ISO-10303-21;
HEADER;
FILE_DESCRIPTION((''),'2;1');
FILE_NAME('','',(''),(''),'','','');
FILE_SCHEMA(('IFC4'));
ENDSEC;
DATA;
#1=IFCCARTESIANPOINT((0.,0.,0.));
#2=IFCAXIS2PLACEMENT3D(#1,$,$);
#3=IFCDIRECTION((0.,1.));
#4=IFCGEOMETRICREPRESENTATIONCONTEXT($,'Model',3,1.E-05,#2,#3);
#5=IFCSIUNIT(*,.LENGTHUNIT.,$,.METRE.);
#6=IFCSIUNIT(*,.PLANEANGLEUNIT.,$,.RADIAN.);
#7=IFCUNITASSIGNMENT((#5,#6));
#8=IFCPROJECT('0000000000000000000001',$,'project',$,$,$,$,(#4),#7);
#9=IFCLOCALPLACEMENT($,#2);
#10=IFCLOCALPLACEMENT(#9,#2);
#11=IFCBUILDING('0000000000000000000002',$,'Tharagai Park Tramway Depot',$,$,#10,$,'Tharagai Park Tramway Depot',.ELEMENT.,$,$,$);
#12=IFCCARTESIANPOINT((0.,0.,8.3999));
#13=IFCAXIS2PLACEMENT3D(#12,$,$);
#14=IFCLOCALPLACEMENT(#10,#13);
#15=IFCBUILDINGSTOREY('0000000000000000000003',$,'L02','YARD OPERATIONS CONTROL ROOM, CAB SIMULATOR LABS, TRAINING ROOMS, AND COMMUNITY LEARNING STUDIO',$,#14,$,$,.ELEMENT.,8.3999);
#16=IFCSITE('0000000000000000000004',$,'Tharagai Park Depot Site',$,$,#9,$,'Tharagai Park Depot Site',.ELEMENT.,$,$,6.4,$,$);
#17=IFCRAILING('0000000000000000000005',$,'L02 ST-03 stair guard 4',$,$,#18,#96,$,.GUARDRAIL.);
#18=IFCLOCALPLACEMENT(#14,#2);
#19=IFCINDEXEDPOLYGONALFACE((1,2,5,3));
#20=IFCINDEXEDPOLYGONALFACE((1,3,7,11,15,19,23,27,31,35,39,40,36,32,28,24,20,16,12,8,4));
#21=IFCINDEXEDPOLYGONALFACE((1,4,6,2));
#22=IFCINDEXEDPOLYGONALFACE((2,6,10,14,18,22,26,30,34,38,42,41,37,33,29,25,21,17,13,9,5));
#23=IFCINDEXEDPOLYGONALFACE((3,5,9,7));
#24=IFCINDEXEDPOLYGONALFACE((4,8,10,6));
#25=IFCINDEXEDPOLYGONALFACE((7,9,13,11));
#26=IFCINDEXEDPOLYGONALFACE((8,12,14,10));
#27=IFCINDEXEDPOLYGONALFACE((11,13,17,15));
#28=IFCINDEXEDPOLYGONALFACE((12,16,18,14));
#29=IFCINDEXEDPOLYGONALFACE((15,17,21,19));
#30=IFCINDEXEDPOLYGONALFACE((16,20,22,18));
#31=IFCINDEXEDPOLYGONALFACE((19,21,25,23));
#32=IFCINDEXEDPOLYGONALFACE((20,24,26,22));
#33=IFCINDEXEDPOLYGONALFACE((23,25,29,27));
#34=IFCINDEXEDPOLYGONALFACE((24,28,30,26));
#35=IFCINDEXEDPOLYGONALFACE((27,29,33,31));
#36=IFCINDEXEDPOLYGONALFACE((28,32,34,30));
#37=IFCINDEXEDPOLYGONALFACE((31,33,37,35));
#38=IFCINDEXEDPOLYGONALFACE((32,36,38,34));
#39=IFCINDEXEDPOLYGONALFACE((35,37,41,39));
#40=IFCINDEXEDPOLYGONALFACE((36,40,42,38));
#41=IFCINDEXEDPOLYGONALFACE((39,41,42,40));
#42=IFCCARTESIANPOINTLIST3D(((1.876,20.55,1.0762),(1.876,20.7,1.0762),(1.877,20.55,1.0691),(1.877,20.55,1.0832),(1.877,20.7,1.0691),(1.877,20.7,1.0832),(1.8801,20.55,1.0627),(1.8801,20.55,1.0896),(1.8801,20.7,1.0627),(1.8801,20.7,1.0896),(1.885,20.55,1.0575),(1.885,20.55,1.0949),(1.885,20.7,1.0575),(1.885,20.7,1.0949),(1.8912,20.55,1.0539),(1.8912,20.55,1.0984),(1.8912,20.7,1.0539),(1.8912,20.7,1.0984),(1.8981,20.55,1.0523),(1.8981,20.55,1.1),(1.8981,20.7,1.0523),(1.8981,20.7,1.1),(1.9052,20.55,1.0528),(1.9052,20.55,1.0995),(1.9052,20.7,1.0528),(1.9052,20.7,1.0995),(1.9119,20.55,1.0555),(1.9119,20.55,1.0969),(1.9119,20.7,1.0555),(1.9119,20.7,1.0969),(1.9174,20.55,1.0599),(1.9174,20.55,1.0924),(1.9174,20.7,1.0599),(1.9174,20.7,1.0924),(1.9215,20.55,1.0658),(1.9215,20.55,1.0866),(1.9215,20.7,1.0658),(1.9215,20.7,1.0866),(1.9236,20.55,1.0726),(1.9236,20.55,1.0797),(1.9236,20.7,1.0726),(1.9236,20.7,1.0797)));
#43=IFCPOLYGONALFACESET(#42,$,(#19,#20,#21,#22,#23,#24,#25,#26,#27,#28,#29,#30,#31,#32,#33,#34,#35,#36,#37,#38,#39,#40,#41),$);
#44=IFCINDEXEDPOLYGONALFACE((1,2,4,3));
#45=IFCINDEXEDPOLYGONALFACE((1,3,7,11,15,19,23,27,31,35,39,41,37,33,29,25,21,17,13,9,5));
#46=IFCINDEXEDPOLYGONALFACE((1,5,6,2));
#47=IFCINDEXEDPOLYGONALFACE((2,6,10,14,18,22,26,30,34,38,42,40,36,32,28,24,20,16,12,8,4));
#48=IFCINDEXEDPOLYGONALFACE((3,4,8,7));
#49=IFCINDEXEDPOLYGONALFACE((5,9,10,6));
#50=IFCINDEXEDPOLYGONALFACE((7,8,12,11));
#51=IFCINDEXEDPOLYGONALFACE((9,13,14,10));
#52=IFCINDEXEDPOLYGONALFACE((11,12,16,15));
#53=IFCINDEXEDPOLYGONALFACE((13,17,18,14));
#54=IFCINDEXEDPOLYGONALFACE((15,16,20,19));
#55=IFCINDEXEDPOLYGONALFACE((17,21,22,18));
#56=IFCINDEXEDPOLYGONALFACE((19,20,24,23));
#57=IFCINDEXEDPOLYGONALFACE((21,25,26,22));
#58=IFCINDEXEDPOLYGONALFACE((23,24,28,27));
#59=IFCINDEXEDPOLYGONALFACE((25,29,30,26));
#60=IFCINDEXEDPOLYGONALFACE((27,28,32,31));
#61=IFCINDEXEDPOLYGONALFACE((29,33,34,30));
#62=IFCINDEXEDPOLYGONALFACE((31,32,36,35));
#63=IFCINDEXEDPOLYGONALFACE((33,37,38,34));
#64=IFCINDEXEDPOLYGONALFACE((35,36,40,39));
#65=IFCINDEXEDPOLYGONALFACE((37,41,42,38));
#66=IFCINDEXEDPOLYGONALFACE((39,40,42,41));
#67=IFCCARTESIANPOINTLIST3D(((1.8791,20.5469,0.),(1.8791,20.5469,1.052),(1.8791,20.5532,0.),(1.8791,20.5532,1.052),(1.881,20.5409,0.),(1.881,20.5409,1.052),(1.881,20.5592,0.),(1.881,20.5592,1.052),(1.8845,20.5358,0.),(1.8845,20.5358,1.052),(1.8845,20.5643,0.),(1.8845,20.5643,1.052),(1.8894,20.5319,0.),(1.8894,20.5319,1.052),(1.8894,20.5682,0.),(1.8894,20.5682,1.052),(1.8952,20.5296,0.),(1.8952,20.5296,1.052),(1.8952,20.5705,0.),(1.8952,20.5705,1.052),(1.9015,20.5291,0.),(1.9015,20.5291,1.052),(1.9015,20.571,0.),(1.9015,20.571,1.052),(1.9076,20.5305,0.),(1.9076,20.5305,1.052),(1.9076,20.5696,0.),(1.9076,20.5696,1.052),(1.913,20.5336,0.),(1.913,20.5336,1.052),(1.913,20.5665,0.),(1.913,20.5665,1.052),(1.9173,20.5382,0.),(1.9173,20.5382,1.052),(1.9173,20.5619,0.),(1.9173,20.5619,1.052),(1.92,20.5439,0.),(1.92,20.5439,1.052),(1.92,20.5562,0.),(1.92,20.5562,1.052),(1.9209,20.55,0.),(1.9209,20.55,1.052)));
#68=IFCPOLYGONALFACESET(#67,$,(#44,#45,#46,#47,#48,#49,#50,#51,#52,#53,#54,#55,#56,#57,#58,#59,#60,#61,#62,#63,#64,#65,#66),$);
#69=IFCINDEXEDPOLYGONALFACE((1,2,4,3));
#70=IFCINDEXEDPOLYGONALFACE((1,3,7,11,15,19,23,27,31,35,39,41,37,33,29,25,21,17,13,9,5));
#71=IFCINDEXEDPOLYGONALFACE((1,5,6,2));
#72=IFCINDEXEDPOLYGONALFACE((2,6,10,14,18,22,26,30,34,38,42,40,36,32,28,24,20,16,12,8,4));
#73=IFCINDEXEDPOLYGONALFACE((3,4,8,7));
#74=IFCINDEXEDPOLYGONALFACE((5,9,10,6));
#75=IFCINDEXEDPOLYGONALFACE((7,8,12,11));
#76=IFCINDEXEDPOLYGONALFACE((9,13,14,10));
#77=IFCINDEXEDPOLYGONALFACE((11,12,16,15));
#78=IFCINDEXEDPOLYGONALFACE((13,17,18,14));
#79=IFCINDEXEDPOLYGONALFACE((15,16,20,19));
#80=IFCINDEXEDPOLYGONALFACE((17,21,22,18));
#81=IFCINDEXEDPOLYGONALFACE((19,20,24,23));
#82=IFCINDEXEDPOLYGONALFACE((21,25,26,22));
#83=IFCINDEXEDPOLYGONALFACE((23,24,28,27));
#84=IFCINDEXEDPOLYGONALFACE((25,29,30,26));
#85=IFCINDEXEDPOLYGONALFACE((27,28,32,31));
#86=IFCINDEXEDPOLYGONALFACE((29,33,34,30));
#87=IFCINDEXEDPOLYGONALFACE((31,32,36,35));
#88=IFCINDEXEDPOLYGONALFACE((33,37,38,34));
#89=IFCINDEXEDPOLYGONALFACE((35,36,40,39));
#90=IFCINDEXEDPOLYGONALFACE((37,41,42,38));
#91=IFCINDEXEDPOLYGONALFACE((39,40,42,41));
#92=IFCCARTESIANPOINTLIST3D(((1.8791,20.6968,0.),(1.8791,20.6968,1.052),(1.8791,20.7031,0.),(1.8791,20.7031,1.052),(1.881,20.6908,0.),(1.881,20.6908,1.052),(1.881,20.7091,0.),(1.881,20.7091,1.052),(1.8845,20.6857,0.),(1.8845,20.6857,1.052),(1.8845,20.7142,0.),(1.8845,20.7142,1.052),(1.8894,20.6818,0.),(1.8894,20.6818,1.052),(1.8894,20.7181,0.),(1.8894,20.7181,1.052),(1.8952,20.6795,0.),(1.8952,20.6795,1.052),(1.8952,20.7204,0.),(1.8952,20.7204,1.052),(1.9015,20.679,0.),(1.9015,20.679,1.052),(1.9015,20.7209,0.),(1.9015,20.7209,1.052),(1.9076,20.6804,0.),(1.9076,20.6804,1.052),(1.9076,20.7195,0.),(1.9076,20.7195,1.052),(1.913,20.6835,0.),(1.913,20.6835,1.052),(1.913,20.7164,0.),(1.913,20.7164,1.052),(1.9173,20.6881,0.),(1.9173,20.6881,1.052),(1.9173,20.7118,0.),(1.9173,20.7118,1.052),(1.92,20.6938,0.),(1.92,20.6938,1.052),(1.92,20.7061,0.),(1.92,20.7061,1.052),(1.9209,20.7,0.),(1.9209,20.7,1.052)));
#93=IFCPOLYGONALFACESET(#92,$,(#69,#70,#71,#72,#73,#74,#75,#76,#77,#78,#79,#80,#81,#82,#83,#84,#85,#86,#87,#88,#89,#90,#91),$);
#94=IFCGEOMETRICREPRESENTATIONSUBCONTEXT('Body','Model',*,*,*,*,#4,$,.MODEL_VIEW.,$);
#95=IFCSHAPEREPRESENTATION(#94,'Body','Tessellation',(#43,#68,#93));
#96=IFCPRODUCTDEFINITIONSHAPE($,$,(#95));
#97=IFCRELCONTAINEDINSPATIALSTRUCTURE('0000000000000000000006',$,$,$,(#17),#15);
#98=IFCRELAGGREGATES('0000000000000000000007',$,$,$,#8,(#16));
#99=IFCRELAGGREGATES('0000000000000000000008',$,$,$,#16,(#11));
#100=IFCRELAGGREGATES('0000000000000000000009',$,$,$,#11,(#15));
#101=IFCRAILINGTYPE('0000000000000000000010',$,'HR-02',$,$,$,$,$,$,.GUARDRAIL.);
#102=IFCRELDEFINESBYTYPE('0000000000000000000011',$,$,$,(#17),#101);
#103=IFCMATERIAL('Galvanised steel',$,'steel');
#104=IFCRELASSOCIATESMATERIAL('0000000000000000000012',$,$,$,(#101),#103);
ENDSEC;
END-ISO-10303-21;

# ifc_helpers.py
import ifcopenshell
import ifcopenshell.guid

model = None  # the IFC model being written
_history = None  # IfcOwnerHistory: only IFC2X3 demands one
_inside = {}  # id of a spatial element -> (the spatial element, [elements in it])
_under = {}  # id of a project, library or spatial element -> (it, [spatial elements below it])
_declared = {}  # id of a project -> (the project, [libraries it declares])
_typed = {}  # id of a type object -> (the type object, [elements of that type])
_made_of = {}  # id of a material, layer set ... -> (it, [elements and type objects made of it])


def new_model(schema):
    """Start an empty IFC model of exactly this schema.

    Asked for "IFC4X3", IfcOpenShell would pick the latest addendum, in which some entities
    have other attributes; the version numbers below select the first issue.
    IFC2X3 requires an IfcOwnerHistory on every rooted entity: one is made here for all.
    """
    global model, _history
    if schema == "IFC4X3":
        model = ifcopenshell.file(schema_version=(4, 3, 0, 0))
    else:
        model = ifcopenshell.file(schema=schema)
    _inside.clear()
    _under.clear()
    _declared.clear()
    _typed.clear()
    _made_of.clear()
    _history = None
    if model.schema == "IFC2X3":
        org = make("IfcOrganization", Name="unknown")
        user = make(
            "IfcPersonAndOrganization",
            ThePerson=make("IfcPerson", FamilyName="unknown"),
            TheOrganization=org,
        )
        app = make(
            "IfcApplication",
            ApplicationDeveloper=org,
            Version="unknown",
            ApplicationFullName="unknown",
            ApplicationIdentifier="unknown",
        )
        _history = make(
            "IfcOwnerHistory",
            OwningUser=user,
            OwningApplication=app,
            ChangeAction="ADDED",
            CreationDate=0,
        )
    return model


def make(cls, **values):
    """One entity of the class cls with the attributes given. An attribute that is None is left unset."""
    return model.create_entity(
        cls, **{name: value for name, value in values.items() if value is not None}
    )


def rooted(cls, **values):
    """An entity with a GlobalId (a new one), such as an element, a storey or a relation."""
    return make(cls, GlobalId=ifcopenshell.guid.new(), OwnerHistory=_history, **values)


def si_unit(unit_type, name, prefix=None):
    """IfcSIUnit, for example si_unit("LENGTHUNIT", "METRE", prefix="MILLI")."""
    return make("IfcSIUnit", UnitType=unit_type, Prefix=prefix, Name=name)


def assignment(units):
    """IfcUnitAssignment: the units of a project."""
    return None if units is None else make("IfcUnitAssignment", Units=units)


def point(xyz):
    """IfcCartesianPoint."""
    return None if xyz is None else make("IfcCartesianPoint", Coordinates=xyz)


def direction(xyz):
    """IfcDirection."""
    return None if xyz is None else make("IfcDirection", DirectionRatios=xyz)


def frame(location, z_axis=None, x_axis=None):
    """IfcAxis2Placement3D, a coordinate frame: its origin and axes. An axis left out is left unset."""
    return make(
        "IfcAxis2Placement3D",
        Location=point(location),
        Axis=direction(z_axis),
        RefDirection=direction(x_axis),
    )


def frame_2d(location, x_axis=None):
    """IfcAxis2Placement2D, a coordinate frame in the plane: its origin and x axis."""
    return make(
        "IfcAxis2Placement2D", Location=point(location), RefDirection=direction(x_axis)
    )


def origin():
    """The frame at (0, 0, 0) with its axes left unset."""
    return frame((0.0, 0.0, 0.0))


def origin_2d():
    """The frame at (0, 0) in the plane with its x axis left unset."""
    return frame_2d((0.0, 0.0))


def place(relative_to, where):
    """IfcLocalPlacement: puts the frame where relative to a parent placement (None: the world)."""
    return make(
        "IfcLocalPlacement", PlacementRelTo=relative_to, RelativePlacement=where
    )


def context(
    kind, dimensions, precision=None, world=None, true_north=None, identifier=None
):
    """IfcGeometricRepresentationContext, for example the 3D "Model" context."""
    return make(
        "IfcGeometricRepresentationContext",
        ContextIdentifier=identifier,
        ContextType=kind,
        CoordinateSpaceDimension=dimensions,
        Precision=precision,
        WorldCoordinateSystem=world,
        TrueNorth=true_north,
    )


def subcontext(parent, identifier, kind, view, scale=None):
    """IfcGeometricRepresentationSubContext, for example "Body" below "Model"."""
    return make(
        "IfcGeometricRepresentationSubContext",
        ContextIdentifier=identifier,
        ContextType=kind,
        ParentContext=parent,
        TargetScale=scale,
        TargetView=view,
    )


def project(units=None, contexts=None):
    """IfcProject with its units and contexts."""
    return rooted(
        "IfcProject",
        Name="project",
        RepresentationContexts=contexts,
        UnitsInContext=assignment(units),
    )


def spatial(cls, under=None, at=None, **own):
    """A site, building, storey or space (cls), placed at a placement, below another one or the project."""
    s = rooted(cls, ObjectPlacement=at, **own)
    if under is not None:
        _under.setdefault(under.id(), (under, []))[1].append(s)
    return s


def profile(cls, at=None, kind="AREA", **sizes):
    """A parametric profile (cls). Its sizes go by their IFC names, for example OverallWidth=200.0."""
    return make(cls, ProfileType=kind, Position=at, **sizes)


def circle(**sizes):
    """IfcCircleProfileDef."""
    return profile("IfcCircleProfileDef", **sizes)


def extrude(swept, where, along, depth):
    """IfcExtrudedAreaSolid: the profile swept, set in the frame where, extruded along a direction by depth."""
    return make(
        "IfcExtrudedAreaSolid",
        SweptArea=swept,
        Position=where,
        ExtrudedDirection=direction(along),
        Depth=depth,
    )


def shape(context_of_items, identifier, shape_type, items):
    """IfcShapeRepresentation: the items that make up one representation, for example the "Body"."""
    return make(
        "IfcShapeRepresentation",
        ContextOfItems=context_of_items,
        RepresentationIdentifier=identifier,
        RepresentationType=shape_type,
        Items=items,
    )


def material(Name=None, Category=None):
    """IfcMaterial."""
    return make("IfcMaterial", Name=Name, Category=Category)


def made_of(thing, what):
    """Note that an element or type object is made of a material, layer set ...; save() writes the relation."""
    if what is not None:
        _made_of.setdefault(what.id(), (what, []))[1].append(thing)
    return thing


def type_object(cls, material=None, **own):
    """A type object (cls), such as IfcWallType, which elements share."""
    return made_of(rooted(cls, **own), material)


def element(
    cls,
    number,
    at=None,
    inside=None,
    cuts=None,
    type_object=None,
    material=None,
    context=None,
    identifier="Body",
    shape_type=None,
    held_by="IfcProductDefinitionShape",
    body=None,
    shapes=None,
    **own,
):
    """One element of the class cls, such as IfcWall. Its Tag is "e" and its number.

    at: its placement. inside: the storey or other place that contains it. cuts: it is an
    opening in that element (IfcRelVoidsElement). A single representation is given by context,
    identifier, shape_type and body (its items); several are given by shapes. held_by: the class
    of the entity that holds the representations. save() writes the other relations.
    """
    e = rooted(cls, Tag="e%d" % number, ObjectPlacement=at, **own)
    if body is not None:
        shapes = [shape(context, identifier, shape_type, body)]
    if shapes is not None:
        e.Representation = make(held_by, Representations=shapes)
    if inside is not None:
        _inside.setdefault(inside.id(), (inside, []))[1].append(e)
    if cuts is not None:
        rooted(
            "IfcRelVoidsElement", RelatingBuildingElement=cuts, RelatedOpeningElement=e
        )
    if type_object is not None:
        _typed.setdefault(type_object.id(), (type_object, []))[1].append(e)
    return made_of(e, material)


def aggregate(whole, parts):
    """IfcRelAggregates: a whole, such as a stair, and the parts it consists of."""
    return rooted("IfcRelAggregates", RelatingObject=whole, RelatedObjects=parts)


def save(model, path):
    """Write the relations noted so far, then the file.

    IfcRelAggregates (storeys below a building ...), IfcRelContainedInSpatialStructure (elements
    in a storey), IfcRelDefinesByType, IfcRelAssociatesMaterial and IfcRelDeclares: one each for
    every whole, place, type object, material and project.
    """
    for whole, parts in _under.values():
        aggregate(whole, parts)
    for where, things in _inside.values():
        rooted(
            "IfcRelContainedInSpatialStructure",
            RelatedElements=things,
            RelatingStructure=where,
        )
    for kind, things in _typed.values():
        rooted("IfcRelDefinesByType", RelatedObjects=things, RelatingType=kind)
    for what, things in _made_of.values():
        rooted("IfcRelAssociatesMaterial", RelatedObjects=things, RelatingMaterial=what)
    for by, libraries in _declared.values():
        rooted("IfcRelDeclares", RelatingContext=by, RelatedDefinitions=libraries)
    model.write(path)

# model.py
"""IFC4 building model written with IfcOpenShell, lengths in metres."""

from ifc_helpers import new_model, si_unit, direction, frame, origin, origin_2d, place, context, subcontext, project, spatial, circle, extrude, material, type_object, element, save


model = new_model("IFC4")

# Units and contexts
model_context = context("Model", 3, precision=1e-05, world=origin(), true_north=direction((0.0, 1.0)))
body_context = subcontext(model_context, "Body", "Model", "MODEL_VIEW")
ifc_project = project(units=[si_unit("LENGTHUNIT", "METRE"), si_unit("PLANEANGLEUNIT", "RADIAN")], contexts=[model_context])

# Site, building, storey
site_placement = place(None, origin())
site = spatial("IfcSite", under=ifc_project, at=site_placement, Name="Tharagai Park Depot Site", LongName="Tharagai Park Depot Site", CompositionType="ELEMENT", RefElevation=6.4)
building_placement = place(site_placement, origin())
building = spatial("IfcBuilding", under=site, at=building_placement, Name="Tharagai Park Tramway Depot", LongName="Tharagai Park Tramway Depot", CompositionType="ELEMENT")
storey_placement = place(building_placement, frame((0.0, 0.0, 8.3999)))
storey = spatial("IfcBuildingStorey", under=building, at=storey_placement, Name="L02", Description="YARD OPERATIONS CONTROL ROOM, CAB SIMULATOR LABS, TRAINING ROOMS, AND COMMUNITY LEARNING STUDIO", CompositionType="ELEMENT", Elevation=8.3999)

# Shared definitions
ifc_material_1 = material(Name="Galvanised steel", Category="steel")

# Railing
railing_type_1 = type_object("IfcRailingType", Name="HR-02", PredefinedType="GUARDRAIL", material=ifc_material_1)
railing_1_placement = place(storey_placement, frame((1.8999, 20.55, 0.0)))
element("IfcRailing", 1, at=railing_1_placement, inside=storey, type_object=railing_type_1, Name="L02 ST-03 stair guard 4", PredefinedType="GUARDRAIL", context=body_context, shape_type="SweptSolid", body=[
    extrude(circle(Radius=0.0239, at=origin_2d()), frame((0.0, 0.0, 1.0762), z_axis=(0.0, 1.0, 0.0), x_axis=(-1.0, 0.0, 0.0)), (0.0, 0.0, 1.0), 0.1499),
    extrude(circle(Radius=0.021, at=origin_2d()), origin(), (0.0, 0.0, 1.0), 1.052),
    extrude(circle(Radius=0.021, at=origin_2d()), frame((0.0, 0.1499, 0.0)), (0.0, 0.0, 1.0), 1.052),
])

save(model, "model.ifc")
